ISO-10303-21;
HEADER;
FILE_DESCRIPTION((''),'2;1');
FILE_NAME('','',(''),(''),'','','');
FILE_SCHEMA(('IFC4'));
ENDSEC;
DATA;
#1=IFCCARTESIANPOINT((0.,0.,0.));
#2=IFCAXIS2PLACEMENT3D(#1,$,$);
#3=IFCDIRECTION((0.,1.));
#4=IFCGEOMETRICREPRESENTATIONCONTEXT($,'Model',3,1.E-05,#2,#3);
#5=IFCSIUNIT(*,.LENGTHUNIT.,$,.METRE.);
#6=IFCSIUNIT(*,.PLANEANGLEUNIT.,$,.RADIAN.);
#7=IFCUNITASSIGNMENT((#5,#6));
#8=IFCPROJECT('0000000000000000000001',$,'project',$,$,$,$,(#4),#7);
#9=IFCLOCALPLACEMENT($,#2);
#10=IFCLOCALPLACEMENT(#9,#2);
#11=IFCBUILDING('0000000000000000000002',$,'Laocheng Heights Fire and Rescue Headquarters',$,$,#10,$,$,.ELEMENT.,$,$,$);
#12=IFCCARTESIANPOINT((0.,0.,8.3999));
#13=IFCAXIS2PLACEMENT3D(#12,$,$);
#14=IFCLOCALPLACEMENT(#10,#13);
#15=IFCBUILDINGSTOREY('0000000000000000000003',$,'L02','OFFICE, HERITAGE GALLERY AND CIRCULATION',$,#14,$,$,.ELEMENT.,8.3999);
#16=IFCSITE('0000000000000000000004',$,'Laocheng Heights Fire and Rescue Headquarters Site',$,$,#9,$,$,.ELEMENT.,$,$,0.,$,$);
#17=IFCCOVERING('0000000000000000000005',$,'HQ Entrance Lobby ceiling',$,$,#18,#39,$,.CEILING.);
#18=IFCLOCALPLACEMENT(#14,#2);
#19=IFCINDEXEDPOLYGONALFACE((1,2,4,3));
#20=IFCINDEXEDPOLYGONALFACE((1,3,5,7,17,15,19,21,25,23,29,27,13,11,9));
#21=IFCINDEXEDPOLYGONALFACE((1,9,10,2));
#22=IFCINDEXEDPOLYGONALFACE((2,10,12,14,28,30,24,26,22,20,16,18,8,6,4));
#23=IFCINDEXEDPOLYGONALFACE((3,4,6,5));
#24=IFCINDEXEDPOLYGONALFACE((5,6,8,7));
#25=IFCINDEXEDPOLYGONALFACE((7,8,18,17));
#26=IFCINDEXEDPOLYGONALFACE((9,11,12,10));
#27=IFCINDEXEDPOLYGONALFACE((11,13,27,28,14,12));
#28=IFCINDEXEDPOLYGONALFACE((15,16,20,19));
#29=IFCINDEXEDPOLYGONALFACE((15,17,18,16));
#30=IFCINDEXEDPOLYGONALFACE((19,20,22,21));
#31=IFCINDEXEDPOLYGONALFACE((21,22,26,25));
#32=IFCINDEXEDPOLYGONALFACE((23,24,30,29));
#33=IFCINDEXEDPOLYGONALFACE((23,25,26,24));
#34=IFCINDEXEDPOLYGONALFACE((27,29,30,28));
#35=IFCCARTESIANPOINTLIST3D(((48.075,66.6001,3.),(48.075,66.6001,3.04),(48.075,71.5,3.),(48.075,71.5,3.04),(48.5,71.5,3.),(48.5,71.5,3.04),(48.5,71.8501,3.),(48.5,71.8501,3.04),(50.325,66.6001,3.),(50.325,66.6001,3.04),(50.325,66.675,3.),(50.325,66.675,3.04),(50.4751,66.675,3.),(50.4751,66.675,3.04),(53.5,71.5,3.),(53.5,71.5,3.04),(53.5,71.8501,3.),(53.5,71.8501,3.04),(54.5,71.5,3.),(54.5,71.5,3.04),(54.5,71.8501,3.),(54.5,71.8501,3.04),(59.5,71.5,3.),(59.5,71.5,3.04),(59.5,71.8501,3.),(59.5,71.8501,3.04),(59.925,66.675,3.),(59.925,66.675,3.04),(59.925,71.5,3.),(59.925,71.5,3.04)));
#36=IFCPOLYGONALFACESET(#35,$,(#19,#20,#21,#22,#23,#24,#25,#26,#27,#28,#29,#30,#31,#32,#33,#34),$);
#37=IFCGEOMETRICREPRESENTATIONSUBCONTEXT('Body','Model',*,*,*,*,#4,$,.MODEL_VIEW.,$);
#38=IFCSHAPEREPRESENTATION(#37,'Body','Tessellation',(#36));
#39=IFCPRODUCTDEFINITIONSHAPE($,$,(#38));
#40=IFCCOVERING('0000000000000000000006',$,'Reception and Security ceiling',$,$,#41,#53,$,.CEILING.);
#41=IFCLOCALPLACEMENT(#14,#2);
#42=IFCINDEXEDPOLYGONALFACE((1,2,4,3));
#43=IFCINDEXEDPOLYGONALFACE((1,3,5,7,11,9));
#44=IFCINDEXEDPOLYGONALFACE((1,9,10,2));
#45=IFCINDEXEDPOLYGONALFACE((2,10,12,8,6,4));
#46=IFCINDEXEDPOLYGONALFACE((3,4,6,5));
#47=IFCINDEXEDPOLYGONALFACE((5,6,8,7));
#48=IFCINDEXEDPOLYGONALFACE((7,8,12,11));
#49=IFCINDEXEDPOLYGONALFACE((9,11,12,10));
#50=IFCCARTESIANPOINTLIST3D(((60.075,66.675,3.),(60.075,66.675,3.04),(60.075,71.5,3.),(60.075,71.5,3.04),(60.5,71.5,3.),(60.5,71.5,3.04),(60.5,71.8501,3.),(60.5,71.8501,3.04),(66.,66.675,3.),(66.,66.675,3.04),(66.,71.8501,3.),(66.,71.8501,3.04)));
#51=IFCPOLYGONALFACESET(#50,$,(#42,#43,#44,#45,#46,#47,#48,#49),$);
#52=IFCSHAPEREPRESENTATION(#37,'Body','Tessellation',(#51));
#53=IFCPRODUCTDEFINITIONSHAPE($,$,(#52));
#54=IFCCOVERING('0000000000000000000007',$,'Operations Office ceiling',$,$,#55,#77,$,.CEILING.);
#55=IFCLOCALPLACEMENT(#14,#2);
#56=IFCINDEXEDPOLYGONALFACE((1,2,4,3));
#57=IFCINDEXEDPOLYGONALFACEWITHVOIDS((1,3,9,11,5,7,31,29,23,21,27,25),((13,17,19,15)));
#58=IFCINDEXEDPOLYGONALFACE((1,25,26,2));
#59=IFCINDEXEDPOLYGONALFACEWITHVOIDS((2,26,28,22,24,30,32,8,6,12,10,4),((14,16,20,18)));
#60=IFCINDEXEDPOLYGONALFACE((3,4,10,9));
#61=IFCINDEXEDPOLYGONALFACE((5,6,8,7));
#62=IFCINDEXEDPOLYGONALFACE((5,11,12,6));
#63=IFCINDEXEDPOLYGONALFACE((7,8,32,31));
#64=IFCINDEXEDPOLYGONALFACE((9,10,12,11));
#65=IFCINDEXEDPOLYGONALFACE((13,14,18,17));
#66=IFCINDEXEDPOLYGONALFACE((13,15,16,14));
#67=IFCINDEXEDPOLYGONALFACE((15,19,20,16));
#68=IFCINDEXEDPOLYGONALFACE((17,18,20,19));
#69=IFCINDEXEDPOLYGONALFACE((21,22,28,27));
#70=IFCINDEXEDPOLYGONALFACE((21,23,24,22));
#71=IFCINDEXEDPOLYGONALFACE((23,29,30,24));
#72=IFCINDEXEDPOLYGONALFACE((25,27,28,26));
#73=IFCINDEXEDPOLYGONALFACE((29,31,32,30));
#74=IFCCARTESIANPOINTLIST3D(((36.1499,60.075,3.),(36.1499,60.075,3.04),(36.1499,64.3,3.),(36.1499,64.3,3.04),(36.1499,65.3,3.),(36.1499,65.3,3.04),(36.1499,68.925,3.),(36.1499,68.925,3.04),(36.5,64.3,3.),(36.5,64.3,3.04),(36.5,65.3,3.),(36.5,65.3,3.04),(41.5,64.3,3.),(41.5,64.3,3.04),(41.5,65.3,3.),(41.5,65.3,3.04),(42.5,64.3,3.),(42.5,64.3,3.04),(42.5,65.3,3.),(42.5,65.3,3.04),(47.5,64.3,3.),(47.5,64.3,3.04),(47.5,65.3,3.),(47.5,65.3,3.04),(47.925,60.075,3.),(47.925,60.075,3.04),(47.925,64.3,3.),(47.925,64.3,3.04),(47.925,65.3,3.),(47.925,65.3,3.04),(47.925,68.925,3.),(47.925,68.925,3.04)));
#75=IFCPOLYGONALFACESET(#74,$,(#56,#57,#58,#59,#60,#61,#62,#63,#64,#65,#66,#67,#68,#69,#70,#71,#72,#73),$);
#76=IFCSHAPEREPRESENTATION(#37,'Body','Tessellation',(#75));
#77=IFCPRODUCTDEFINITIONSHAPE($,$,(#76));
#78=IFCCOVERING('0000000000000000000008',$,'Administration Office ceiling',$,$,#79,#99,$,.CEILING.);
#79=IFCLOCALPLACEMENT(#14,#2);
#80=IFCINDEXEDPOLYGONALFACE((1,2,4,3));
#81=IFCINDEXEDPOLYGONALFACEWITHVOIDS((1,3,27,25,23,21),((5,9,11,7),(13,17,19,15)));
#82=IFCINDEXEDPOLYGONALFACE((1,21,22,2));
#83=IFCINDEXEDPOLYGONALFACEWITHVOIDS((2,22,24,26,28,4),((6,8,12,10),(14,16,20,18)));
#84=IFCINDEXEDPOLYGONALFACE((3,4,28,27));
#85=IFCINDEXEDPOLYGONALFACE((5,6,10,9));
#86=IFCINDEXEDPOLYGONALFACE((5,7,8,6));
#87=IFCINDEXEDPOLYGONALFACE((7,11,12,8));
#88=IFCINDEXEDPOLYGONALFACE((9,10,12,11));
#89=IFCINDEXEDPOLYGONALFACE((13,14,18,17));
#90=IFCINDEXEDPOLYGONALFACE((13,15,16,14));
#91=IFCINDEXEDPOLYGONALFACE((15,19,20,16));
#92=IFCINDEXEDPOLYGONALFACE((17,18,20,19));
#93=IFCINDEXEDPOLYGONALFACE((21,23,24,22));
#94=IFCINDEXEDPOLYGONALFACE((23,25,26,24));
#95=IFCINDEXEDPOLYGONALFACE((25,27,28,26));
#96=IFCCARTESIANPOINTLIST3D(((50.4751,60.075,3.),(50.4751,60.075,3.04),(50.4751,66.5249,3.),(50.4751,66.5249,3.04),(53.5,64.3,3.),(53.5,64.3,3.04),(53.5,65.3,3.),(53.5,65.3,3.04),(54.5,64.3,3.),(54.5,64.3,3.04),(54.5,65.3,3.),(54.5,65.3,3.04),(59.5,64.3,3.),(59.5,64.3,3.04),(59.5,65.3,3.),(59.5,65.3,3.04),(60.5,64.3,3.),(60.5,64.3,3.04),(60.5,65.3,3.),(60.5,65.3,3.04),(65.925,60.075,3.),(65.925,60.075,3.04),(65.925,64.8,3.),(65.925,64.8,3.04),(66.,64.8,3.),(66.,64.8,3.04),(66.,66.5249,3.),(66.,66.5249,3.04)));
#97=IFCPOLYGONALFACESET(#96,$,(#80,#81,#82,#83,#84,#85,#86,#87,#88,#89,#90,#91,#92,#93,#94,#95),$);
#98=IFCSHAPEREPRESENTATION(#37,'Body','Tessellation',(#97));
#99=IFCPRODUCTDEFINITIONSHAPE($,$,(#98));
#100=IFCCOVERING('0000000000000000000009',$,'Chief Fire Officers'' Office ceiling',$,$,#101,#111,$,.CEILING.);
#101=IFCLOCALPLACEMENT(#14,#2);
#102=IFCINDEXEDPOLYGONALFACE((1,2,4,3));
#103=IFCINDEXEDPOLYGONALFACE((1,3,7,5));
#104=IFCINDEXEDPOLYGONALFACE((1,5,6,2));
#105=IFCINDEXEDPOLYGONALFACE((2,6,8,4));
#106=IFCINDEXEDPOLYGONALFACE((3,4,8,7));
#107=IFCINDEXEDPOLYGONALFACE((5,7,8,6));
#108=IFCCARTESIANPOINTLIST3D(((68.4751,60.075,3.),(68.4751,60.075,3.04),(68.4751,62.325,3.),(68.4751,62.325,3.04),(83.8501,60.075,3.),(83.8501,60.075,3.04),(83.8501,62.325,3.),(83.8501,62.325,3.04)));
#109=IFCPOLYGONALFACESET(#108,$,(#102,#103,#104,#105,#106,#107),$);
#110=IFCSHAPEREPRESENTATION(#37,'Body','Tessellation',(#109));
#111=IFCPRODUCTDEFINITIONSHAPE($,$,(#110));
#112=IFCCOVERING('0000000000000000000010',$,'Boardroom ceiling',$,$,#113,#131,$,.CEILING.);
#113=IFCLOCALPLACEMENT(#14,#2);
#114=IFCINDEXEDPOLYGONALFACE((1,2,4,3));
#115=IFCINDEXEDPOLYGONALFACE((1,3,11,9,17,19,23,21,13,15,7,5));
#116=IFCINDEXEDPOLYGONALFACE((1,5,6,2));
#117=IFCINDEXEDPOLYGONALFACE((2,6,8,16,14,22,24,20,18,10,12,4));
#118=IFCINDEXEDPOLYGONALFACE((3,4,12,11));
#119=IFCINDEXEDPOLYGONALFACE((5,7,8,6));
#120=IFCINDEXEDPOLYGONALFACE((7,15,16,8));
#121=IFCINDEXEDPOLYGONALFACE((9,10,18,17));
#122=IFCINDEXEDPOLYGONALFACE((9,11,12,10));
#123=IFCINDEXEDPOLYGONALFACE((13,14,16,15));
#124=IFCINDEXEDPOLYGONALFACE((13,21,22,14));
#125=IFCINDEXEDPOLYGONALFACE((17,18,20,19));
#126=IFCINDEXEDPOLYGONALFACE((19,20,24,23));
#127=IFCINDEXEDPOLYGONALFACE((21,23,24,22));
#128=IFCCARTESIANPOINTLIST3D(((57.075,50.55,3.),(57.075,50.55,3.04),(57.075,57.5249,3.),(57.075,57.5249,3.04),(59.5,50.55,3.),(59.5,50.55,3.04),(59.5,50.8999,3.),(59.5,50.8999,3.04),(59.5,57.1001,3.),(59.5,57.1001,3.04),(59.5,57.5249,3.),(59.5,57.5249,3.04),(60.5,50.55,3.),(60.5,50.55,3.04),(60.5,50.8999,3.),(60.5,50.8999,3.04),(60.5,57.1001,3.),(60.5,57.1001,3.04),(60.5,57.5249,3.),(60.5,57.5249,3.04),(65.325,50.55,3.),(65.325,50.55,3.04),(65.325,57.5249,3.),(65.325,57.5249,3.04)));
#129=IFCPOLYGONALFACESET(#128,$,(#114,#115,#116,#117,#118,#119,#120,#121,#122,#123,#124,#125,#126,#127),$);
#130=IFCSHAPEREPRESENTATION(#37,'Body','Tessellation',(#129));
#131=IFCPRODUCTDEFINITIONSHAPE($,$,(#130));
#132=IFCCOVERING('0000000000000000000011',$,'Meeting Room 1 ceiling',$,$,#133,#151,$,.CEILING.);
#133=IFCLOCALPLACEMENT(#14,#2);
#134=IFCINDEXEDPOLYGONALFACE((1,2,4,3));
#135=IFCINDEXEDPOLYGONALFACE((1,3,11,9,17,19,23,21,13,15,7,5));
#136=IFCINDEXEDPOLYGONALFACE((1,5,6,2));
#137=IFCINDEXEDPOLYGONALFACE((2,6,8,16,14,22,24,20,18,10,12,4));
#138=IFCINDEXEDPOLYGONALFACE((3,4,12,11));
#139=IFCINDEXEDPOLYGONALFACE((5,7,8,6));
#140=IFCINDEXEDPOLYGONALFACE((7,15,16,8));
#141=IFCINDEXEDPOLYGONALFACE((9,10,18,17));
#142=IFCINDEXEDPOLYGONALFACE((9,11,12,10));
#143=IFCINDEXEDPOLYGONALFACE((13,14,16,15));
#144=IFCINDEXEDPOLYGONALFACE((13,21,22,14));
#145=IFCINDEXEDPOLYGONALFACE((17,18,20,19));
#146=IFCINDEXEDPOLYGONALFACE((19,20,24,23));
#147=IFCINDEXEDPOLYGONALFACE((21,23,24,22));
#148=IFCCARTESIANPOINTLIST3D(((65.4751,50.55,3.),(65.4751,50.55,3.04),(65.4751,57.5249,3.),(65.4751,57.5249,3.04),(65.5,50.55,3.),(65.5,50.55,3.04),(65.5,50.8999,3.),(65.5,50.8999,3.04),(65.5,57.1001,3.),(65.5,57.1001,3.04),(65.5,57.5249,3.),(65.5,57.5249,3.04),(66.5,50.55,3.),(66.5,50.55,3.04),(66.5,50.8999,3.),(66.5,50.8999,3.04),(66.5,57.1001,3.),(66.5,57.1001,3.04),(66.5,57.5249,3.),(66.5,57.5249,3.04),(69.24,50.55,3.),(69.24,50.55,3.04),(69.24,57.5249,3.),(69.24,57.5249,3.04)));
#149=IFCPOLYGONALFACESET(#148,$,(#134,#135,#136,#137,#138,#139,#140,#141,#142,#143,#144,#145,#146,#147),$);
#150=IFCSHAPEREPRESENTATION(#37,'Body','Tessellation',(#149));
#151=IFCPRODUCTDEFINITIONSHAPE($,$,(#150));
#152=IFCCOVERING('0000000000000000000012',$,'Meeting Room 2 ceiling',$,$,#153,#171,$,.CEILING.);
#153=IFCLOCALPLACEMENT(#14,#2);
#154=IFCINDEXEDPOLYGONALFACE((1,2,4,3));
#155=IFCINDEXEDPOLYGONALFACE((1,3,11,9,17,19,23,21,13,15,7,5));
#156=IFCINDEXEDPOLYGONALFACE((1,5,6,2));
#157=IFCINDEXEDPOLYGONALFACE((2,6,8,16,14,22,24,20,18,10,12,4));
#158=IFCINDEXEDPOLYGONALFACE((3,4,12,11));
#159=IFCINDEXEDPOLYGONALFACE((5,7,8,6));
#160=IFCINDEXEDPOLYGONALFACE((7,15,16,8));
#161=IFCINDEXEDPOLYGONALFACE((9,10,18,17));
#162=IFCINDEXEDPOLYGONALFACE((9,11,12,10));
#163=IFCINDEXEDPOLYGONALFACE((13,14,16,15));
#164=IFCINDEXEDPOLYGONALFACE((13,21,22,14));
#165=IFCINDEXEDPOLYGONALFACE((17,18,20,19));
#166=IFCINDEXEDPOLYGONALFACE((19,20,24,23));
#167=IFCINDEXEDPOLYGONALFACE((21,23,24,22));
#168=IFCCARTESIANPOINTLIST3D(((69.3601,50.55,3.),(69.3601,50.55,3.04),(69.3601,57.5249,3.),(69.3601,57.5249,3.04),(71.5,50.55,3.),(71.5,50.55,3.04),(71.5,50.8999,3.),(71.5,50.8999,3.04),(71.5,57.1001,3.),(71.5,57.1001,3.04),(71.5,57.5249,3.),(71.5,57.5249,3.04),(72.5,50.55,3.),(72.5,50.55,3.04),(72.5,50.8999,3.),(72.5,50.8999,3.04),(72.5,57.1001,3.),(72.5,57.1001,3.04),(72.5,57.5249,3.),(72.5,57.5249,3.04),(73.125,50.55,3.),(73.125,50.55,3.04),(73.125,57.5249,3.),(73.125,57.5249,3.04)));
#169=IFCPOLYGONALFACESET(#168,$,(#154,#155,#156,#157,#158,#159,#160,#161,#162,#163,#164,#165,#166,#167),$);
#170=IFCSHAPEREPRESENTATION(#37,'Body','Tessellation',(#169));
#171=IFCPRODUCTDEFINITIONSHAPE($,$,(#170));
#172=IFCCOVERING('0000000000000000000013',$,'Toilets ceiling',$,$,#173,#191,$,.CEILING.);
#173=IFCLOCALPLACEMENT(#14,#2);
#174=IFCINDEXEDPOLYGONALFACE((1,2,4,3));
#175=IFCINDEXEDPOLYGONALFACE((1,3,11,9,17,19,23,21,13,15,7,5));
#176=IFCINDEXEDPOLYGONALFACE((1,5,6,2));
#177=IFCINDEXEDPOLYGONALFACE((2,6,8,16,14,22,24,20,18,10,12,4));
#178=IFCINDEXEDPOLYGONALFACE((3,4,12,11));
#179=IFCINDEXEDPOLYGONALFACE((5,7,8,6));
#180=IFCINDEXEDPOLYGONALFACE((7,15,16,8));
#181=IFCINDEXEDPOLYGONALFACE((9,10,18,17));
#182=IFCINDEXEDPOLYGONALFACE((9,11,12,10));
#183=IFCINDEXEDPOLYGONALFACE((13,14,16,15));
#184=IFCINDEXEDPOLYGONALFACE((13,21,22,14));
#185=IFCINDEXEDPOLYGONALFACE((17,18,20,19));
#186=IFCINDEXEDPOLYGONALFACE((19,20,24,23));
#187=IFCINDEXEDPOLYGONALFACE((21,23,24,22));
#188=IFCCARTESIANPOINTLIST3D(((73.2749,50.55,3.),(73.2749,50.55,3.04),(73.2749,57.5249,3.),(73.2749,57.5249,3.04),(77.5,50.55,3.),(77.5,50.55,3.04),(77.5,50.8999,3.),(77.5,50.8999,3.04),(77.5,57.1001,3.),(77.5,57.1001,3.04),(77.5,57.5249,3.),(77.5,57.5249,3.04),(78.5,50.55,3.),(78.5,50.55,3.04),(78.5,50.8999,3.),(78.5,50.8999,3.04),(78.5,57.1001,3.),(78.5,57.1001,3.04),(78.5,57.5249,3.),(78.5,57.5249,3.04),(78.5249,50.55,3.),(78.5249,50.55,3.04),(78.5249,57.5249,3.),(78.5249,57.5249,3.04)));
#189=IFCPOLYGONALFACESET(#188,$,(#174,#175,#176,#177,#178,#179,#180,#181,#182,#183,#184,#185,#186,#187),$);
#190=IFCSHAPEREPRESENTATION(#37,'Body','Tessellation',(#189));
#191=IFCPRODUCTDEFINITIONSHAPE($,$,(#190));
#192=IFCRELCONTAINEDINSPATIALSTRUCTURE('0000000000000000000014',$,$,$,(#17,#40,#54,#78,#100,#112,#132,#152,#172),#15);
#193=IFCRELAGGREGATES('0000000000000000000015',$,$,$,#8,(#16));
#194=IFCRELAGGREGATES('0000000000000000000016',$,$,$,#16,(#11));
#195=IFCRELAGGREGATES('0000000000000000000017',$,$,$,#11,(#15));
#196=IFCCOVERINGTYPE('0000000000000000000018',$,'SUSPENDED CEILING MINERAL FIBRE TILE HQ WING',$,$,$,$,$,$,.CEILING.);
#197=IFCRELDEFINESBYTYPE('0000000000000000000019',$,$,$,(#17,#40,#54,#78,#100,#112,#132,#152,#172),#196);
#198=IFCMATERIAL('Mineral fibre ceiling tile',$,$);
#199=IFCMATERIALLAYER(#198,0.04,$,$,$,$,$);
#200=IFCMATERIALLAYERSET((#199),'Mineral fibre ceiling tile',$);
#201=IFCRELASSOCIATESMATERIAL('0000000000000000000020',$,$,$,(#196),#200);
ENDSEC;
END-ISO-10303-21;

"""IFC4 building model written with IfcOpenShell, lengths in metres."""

from ifc_helpers import new_model, si_unit, direction, frame, origin, place, context, subcontext, project, spatial, polyline, outline, extrude, material, layer, layer_set, type_object, element, save


model = new_model("IFC4")

# Units and contexts
model_context = context("Model", 3, precision=1e-05, world=origin(), true_north=direction((0.0, 1.0)))
body_context = subcontext(model_context, "Body", "Model", "MODEL_VIEW")
ifc_project = project(units=[si_unit("LENGTHUNIT", "METRE"), si_unit("PLANEANGLEUNIT", "RADIAN")], contexts=[model_context])

# Site, building, storey
site_placement = place(None, origin())
site = spatial("IfcSite", under=ifc_project, at=site_placement, Name="Laocheng Heights Fire and Rescue Headquarters Site", CompositionType="ELEMENT", RefElevation=0.0)
building_placement = place(site_placement, origin())
building = spatial("IfcBuilding", under=site, at=building_placement, Name="Laocheng Heights Fire and Rescue Headquarters", CompositionType="ELEMENT")
storey_placement = place(building_placement, frame((0.0, 0.0, 8.3999)))
storey = spatial("IfcBuildingStorey", under=building, at=storey_placement, Name="L02", Description="OFFICE, HERITAGE GALLERY AND CIRCULATION", CompositionType="ELEMENT", Elevation=8.3999)

# Coverings
ifc_material_1 = material(Name="Mineral fibre ceiling tile")
ifc_layer_1 = layer(ifc_material_1, 0.04)
ifc_layer_set_1 = layer_set([ifc_layer_1], Name="Mineral fibre ceiling tile")
covering_type_1 = type_object("IfcCoveringType", Name="SUSPENDED CEILING MINERAL FIBRE TILE HQ WING", PredefinedType="CEILING", material=ifc_layer_set_1)
covering_1_placement = place(storey_placement, frame((0.0, 0.0, 3.0)))
element("IfcCovering", 1, at=covering_1_placement, inside=storey, type_object=covering_type_1, Name="HQ Entrance Lobby ceiling", PredefinedType="CEILING", context=body_context, shape_type="SweptSolid", body=[
    extrude(outline(polyline([(48.075, 71.5), (48.5, 71.5), (48.5, 71.8501), (53.5, 71.8501), (53.5, 71.5), (54.5, 71.5), (54.5, 71.8501), (59.5, 71.8501), (59.5, 71.5), (59.925, 71.5), (59.925, 66.675), (50.4751, 66.675), (50.325, 66.675), (50.325, 66.6001), (48.075, 66.6001), (48.075, 71.5)])), origin(), (0.0, 0.0, 1.0), 0.04),
])
covering_2_placement = place(storey_placement, frame((0.0, 0.0, 3.0)))
element("IfcCovering", 2, at=covering_2_placement, inside=storey, type_object=covering_type_1, Name="Reception and Security ceiling", PredefinedType="CEILING", context=body_context, shape_type="SweptSolid", body=[
    extrude(outline(polyline([(60.075, 66.675), (60.075, 71.5), (60.5, 71.5), (60.5, 71.8501), (66.0, 71.8501), (66.0, 66.675), (60.075, 66.675)])), origin(), (0.0, 0.0, 1.0), 0.04),
])
covering_3_placement = place(storey_placement, frame((0.0, 0.0, 3.0)))
element("IfcCovering", 3, at=covering_3_placement, inside=storey, type_object=covering_type_1, Name="Operations Office ceiling", PredefinedType="CEILING", context=body_context, shape_type="SweptSolid", body=[
    extrude(outline(polyline([(47.925, 65.3), (47.5, 65.3), (47.5, 64.3), (47.925, 64.3), (47.925, 60.075), (36.1499, 60.075), (36.1499, 64.3), (36.5, 64.3), (36.5, 65.3), (36.1499, 65.3), (36.1499, 68.925), (47.925, 68.925), (47.925, 65.3)]), holes=[polyline([(42.5, 64.3), (42.5, 65.3), (41.5, 65.3), (41.5, 64.3), (42.5, 64.3)])]), origin(), (0.0, 0.0, 1.0), 0.04),
])
covering_4_placement = place(storey_placement, frame((0.0, 0.0, 3.0)))
element("IfcCovering", 4, at=covering_4_placement, inside=storey, type_object=covering_type_1, Name="Administration Office ceiling", PredefinedType="CEILING", context=body_context, shape_type="SweptSolid", body=[
    extrude(outline(polyline([(65.925, 64.8), (65.925, 60.075), (50.4751, 60.075), (50.4751, 66.5249), (66.0, 66.5249), (66.0, 64.8), (65.925, 64.8)]), holes=[polyline([(54.5, 64.3), (54.5, 65.3), (53.5, 65.3), (53.5, 64.3), (54.5, 64.3)]), polyline([(60.5, 64.3), (60.5, 65.3), (59.5, 65.3), (59.5, 64.3), (60.5, 64.3)])]), origin(), (0.0, 0.0, 1.0), 0.04),
])
covering_5_placement = place(storey_placement, frame((0.0, 0.0, 3.0)))
element("IfcCovering", 5, at=covering_5_placement, inside=storey, type_object=covering_type_1, Name="Chief Fire Officers' Office ceiling", PredefinedType="CEILING", context=body_context, shape_type="SweptSolid", body=[
    extrude(outline(polyline([(68.4751, 60.075), (68.4751, 62.325), (83.8501, 62.325), (83.8501, 60.075), (68.4751, 60.075)])), origin(), (0.0, 0.0, 1.0), 0.04),
])
covering_6_placement = place(storey_placement, frame((0.0, 0.0, 3.0)))
element("IfcCovering", 6, at=covering_6_placement, inside=storey, type_object=covering_type_1, Name="Boardroom ceiling", PredefinedType="CEILING", context=body_context, shape_type="SweptSolid", body=[
    extrude(outline(polyline([(59.5, 57.5249), (59.5, 57.1001), (60.5, 57.1001), (60.5, 57.5249), (65.325, 57.5249), (65.325, 50.55), (60.5, 50.55), (60.5, 50.8999), (59.5, 50.8999), (59.5, 50.55), (57.075, 50.55), (57.075, 57.5249), (59.5, 57.5249)])), origin(), (0.0, 0.0, 1.0), 0.04),
])
covering_7_placement = place(storey_placement, frame((0.0, 0.0, 3.0)))
element("IfcCovering", 7, at=covering_7_placement, inside=storey, type_object=covering_type_1, Name="Meeting Room 1 ceiling", PredefinedType="CEILING", context=body_context, shape_type="SweptSolid", body=[
    extrude(outline(polyline([(65.5, 57.5249), (65.5, 57.1001), (66.5, 57.1001), (66.5, 57.5249), (69.24, 57.5249), (69.24, 50.55), (66.5, 50.55), (66.5, 50.8999), (65.5, 50.8999), (65.5, 50.55), (65.4751, 50.55), (65.4751, 57.5249), (65.5, 57.5249)])), origin(), (0.0, 0.0, 1.0), 0.04),
])
covering_8_placement = place(storey_placement, frame((0.0, 0.0, 3.0)))
element("IfcCovering", 8, at=covering_8_placement, inside=storey, type_object=covering_type_1, Name="Meeting Room 2 ceiling", PredefinedType="CEILING", context=body_context, shape_type="SweptSolid", body=[
    extrude(outline(polyline([(71.5, 57.5249), (71.5, 57.1001), (72.5, 57.1001), (72.5, 57.5249), (73.125, 57.5249), (73.125, 50.55), (72.5, 50.55), (72.5, 50.8999), (71.5, 50.8999), (71.5, 50.55), (69.3601, 50.55), (69.3601, 57.5249), (71.5, 57.5249)])), origin(), (0.0, 0.0, 1.0), 0.04),
])
covering_9_placement = place(storey_placement, frame((0.0, 0.0, 3.0)))
element("IfcCovering", 9, at=covering_9_placement, inside=storey, type_object=covering_type_1, Name="Toilets ceiling", PredefinedType="CEILING", context=body_context, shape_type="SweptSolid", body=[
    extrude(outline(polyline([(77.5, 57.5249), (77.5, 57.1001), (78.5, 57.1001), (78.5, 57.5249), (78.5249, 57.5249), (78.5249, 50.55), (78.5, 50.55), (78.5, 50.8999), (77.5, 50.8999), (77.5, 50.55), (73.2749, 50.55), (73.2749, 57.5249), (77.5, 57.5249)])), origin(), (0.0, 0.0, 1.0), 0.04),
])

save(model, "model.ifc")
